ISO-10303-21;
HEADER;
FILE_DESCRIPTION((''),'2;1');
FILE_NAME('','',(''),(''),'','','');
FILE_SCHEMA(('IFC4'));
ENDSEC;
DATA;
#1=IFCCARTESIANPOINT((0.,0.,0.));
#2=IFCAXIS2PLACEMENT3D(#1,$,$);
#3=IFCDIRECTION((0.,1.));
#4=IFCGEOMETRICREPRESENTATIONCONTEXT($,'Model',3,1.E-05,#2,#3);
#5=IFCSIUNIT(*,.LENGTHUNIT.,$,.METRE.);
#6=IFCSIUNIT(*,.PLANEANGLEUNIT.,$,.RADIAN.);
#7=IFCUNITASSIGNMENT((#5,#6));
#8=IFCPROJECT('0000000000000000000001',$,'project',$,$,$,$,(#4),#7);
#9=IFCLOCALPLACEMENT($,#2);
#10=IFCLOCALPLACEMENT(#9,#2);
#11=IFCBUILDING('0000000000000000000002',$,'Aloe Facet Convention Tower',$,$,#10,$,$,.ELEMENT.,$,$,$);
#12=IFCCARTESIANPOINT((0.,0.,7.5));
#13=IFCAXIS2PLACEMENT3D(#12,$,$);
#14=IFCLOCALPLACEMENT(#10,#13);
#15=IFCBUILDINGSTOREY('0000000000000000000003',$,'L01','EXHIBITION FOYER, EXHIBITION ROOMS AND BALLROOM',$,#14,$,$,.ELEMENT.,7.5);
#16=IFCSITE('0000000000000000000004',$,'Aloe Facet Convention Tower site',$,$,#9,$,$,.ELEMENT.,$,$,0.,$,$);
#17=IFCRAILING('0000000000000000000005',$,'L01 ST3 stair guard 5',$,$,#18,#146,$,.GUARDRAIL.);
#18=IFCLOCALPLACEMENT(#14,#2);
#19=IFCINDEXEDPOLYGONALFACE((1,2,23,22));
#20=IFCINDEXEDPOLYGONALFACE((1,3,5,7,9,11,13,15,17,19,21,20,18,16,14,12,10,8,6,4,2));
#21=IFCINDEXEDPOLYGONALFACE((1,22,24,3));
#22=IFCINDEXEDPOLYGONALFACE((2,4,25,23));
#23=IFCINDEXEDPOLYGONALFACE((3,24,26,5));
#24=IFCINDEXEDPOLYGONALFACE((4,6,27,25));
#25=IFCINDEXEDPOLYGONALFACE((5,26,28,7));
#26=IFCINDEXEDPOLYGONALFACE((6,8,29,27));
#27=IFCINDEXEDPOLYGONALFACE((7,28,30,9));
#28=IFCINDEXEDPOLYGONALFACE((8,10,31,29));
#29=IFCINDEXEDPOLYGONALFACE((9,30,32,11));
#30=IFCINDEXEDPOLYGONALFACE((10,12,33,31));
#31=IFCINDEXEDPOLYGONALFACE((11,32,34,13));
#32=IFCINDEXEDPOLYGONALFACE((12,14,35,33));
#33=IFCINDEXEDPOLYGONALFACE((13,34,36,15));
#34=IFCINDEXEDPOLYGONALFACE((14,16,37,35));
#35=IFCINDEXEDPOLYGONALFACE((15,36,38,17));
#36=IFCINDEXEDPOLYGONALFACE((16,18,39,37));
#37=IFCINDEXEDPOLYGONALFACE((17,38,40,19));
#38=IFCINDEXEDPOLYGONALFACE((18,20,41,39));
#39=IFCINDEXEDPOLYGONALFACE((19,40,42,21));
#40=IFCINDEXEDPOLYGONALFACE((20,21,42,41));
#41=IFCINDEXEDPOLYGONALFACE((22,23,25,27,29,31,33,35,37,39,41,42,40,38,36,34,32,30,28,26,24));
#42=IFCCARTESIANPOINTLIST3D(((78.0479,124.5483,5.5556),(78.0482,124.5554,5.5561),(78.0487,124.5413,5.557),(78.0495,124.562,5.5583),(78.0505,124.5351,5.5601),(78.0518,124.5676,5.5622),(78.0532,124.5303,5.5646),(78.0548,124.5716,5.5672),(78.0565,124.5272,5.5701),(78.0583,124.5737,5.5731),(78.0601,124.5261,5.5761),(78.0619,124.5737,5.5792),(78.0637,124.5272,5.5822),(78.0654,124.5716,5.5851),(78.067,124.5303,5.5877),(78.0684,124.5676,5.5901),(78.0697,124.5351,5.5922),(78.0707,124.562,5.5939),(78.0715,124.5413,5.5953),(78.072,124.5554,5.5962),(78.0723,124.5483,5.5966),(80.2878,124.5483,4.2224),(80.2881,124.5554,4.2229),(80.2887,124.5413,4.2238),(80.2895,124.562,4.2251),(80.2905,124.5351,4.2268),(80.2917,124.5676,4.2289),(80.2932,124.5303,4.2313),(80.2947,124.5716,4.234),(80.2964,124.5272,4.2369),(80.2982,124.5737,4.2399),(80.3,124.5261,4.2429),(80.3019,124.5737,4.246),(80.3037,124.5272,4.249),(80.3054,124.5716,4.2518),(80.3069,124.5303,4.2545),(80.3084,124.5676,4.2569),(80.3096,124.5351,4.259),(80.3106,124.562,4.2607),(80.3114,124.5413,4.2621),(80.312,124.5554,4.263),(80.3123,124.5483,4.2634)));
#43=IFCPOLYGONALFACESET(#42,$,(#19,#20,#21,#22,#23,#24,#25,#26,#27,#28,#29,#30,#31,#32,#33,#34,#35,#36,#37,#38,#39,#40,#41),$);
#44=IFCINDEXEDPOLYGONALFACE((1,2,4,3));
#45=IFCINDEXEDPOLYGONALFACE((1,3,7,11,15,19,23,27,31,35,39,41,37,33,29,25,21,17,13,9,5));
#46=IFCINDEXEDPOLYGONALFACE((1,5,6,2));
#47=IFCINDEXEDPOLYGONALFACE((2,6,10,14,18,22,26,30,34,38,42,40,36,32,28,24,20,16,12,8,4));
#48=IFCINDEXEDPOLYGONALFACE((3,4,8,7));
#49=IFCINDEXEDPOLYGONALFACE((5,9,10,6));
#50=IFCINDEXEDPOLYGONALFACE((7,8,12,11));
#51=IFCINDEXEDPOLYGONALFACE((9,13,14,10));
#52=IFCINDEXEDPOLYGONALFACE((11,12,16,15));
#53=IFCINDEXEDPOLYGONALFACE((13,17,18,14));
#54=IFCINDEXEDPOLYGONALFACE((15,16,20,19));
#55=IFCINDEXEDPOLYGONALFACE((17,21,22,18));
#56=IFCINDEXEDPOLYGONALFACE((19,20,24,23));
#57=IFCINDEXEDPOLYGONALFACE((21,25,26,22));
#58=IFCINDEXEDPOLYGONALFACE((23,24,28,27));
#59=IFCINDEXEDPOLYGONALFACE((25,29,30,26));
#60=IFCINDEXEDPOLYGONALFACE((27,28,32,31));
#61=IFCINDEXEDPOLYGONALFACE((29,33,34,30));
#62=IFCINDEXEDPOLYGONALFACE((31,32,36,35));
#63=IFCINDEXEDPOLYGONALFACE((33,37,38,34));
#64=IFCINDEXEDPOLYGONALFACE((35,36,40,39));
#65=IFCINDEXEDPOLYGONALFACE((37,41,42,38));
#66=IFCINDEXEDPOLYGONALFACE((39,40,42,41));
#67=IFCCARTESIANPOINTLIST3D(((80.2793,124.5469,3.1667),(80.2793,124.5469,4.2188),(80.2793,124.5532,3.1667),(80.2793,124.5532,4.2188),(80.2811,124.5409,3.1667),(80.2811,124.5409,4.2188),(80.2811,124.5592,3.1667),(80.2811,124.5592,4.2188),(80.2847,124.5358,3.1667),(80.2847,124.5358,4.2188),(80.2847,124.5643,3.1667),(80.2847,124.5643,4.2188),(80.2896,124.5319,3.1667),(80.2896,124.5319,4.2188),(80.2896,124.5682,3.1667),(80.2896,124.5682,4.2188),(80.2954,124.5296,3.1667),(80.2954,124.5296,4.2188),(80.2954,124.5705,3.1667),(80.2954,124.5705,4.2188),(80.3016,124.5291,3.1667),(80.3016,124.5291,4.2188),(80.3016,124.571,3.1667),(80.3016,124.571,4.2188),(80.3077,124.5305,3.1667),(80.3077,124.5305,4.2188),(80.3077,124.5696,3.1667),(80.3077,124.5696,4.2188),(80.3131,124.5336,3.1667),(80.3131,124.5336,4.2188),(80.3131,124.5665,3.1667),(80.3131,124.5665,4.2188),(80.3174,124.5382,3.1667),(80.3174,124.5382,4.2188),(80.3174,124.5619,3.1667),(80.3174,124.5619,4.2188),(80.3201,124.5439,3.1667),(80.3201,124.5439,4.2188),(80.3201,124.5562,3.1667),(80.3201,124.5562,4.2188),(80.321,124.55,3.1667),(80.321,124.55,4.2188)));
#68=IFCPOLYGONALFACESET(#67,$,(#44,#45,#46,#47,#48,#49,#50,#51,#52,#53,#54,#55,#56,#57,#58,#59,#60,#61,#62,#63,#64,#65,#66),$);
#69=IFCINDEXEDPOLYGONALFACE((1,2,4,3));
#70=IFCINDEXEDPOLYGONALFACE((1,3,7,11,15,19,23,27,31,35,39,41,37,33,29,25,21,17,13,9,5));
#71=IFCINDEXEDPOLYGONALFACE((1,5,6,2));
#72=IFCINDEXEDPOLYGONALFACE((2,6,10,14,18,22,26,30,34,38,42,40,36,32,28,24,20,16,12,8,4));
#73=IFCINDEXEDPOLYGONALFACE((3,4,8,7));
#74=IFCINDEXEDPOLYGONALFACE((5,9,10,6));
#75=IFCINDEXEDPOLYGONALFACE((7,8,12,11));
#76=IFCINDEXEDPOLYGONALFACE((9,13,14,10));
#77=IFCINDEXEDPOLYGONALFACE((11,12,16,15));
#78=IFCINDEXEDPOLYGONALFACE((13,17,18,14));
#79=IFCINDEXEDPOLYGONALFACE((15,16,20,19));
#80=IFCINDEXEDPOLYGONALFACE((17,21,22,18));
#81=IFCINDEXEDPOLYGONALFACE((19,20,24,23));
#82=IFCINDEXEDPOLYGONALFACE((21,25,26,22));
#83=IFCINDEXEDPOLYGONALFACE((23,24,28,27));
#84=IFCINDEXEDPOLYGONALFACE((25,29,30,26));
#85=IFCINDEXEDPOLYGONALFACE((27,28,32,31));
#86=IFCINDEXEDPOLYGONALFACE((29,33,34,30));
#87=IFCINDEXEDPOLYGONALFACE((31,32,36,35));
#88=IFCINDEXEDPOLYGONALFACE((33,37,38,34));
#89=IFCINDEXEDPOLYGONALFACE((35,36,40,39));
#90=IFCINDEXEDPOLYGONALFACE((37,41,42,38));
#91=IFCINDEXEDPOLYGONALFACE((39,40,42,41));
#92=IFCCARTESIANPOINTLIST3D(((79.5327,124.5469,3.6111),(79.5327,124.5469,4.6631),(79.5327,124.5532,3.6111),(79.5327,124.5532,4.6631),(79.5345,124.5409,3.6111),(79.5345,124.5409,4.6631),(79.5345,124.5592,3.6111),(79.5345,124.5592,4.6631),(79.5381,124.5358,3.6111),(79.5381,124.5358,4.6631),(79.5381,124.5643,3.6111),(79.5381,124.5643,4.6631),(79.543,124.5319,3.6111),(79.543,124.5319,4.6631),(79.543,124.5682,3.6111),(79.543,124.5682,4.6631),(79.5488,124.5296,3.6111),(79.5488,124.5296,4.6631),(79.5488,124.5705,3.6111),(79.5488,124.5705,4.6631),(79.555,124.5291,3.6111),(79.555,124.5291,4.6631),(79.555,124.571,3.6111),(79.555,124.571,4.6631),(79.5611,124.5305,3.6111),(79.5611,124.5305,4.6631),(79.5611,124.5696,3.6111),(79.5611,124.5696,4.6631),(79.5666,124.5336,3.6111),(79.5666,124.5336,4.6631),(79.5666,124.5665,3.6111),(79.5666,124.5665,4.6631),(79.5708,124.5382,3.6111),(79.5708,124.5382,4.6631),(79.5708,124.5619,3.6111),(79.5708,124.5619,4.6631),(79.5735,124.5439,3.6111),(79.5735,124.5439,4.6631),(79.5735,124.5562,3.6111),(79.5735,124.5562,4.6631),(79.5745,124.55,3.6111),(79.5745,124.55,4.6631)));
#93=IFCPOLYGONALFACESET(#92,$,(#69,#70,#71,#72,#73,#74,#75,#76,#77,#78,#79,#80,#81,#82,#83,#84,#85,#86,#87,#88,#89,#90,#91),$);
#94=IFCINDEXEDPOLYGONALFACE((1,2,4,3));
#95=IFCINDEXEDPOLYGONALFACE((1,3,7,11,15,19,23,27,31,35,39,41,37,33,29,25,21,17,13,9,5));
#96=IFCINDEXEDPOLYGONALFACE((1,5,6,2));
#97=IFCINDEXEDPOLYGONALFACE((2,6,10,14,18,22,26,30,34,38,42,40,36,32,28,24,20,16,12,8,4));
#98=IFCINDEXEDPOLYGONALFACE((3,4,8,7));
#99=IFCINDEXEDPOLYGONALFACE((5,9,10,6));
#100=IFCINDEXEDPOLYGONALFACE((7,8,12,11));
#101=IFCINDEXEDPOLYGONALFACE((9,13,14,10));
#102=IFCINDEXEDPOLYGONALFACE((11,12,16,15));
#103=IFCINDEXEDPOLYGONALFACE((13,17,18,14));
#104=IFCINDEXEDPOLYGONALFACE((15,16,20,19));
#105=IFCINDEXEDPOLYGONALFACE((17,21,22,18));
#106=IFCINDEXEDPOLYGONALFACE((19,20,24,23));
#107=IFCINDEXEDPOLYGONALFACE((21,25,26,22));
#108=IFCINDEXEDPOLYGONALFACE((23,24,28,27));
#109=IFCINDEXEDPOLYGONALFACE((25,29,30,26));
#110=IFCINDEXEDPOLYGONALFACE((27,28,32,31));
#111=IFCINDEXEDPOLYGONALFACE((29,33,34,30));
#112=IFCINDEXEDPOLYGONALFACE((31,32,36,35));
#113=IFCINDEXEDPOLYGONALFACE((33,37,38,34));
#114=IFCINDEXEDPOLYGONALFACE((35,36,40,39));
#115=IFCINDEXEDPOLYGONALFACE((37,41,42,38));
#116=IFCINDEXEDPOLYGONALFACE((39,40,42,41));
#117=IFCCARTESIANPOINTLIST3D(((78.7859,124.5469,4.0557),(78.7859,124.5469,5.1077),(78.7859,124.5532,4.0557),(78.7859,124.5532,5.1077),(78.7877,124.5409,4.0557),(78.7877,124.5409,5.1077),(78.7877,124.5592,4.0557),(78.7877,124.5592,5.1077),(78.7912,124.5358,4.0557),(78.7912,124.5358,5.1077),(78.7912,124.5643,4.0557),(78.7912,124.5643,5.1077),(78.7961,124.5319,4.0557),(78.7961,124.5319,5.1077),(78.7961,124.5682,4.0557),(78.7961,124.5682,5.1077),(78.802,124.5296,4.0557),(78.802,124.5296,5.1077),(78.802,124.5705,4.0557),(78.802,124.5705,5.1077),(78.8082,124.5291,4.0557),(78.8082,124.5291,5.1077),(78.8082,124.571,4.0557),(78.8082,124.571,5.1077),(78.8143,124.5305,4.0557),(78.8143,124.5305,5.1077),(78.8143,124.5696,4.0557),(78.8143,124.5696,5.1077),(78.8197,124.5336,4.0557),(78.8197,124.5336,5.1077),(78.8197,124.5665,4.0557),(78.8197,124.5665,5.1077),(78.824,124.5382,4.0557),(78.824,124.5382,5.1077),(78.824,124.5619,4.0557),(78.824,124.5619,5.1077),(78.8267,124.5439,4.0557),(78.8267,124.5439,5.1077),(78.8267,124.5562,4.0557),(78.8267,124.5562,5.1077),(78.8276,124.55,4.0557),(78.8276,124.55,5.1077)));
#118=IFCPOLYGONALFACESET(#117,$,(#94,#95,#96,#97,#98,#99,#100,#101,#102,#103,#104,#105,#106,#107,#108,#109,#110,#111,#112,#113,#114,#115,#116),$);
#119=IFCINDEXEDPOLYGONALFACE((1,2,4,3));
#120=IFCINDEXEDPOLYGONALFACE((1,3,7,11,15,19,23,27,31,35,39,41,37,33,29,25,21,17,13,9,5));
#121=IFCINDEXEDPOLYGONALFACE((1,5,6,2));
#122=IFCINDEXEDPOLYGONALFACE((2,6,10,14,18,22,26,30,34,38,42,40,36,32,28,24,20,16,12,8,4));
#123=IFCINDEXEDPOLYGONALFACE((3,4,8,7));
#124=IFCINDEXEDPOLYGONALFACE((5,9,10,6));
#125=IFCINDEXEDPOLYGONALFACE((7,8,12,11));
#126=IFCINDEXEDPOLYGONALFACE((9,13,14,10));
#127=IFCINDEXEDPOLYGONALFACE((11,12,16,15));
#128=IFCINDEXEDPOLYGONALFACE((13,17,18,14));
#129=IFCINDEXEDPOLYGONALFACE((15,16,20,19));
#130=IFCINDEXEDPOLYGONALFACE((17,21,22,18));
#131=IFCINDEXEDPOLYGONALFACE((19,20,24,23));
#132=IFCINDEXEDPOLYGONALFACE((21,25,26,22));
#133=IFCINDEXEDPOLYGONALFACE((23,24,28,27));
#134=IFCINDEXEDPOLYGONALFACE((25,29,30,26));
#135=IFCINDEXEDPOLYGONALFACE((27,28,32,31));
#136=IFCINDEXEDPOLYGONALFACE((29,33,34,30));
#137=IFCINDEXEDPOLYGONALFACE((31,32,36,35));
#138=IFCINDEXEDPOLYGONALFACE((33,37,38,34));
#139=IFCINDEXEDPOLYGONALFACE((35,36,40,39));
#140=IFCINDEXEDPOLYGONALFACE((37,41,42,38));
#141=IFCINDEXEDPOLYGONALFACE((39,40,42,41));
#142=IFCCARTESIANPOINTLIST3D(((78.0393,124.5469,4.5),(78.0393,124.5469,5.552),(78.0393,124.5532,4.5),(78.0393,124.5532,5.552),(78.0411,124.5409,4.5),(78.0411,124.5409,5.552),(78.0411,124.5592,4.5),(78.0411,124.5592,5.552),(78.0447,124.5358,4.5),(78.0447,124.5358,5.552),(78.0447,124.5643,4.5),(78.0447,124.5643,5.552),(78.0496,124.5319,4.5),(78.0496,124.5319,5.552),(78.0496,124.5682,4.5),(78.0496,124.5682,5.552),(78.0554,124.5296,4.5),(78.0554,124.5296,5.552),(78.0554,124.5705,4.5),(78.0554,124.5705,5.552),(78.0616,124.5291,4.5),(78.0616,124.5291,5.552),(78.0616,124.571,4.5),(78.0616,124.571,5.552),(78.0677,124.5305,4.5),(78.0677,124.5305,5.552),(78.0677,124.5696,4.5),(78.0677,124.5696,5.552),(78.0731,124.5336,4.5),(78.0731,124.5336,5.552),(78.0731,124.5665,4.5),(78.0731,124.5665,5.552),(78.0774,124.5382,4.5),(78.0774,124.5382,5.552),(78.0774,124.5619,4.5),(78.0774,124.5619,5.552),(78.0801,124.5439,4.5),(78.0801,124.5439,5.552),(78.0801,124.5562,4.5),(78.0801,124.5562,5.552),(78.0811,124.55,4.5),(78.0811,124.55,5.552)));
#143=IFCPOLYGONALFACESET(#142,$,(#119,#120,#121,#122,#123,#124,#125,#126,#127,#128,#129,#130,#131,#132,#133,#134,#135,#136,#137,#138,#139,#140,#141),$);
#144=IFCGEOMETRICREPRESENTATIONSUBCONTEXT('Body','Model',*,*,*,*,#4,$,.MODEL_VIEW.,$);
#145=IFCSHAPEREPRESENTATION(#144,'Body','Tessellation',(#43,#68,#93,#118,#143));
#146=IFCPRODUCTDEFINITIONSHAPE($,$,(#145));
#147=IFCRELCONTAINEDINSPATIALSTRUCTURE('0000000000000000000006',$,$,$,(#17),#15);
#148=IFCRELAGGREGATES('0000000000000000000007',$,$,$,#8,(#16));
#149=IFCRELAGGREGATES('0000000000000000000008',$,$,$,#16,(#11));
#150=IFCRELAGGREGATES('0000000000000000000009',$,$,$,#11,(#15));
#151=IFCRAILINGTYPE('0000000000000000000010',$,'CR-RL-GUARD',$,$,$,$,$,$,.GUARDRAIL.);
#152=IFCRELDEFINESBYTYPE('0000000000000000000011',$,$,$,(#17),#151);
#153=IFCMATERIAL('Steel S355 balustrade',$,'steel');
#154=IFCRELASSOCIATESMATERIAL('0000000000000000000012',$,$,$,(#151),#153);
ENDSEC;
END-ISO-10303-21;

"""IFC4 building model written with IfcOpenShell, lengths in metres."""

from ifc_helpers import new_model, si_unit, direction, frame, origin, origin_2d, place, context, subcontext, project, spatial, circle, extrude, material, type_object, element, save


model = new_model("IFC4")

# Units and contexts
model_context = context("Model", 3, precision=1e-05, world=origin(), true_north=direction((0.0, 1.0)))
body_context = subcontext(model_context, "Body", "Model", "MODEL_VIEW")
ifc_project = project(units=[si_unit("LENGTHUNIT", "METRE"), si_unit("PLANEANGLEUNIT", "RADIAN")], contexts=[model_context])

# Site, building, storey
site_placement = place(None, origin())
site = spatial("IfcSite", under=ifc_project, at=site_placement, Name="Aloe Facet Convention Tower site", CompositionType="ELEMENT", RefElevation=0.0)
building_placement = place(site_placement, origin())
building = spatial("IfcBuilding", under=site, at=building_placement, Name="Aloe Facet Convention Tower", CompositionType="ELEMENT")
storey_placement = place(building_placement, frame((0.0, 0.0, 7.5)))
storey = spatial("IfcBuildingStorey", under=building, at=storey_placement, Name="L01", Description="EXHIBITION FOYER, EXHIBITION ROOMS AND BALLROOM", CompositionType="ELEMENT", Elevation=7.5)

# Railing
ifc_material_1 = material(Name="Steel S355 balustrade", Category="steel")
railing_type_1 = type_object("IfcRailingType", Name="CR-RL-GUARD", PredefinedType="GUARDRAIL", material=ifc_material_1)
railing_1_placement = place(storey_placement, frame((80.3, 124.55, 3.1667)))
element("IfcRailing", 1, at=railing_1_placement, inside=storey, type_object=railing_type_1, Name="L01 ST3 stair guard 5", PredefinedType="GUARDRAIL", context=body_context, shape_type="SweptSolid", body=[
    extrude(circle(Radius=0.0239, at=origin_2d()), frame((0.0, 0.0, 1.0762), z_axis=(-0.859306, 0.0, 0.511462), x_axis=(0.0, -1.0, 0.0)), (0.0, 0.0, 1.0), 2.6067),
    extrude(circle(Radius=0.021, at=origin_2d()), origin(), (0.0, 0.0, 1.0), 1.052),
    extrude(circle(Radius=0.021, at=origin_2d()), frame((-0.7466, 0.0, 0.4443)), (0.0, 0.0, 1.0), 1.052),
    extrude(circle(Radius=0.021, at=origin_2d()), frame((-1.4934, 0.0, 0.8889)), (0.0, 0.0, 1.0), 1.052),
    extrude(circle(Radius=0.021, at=origin_2d()), frame((-2.24, 0.0, 1.3333)), (0.0, 0.0, 1.0), 1.052),
])

save(model, "model.ifc")
